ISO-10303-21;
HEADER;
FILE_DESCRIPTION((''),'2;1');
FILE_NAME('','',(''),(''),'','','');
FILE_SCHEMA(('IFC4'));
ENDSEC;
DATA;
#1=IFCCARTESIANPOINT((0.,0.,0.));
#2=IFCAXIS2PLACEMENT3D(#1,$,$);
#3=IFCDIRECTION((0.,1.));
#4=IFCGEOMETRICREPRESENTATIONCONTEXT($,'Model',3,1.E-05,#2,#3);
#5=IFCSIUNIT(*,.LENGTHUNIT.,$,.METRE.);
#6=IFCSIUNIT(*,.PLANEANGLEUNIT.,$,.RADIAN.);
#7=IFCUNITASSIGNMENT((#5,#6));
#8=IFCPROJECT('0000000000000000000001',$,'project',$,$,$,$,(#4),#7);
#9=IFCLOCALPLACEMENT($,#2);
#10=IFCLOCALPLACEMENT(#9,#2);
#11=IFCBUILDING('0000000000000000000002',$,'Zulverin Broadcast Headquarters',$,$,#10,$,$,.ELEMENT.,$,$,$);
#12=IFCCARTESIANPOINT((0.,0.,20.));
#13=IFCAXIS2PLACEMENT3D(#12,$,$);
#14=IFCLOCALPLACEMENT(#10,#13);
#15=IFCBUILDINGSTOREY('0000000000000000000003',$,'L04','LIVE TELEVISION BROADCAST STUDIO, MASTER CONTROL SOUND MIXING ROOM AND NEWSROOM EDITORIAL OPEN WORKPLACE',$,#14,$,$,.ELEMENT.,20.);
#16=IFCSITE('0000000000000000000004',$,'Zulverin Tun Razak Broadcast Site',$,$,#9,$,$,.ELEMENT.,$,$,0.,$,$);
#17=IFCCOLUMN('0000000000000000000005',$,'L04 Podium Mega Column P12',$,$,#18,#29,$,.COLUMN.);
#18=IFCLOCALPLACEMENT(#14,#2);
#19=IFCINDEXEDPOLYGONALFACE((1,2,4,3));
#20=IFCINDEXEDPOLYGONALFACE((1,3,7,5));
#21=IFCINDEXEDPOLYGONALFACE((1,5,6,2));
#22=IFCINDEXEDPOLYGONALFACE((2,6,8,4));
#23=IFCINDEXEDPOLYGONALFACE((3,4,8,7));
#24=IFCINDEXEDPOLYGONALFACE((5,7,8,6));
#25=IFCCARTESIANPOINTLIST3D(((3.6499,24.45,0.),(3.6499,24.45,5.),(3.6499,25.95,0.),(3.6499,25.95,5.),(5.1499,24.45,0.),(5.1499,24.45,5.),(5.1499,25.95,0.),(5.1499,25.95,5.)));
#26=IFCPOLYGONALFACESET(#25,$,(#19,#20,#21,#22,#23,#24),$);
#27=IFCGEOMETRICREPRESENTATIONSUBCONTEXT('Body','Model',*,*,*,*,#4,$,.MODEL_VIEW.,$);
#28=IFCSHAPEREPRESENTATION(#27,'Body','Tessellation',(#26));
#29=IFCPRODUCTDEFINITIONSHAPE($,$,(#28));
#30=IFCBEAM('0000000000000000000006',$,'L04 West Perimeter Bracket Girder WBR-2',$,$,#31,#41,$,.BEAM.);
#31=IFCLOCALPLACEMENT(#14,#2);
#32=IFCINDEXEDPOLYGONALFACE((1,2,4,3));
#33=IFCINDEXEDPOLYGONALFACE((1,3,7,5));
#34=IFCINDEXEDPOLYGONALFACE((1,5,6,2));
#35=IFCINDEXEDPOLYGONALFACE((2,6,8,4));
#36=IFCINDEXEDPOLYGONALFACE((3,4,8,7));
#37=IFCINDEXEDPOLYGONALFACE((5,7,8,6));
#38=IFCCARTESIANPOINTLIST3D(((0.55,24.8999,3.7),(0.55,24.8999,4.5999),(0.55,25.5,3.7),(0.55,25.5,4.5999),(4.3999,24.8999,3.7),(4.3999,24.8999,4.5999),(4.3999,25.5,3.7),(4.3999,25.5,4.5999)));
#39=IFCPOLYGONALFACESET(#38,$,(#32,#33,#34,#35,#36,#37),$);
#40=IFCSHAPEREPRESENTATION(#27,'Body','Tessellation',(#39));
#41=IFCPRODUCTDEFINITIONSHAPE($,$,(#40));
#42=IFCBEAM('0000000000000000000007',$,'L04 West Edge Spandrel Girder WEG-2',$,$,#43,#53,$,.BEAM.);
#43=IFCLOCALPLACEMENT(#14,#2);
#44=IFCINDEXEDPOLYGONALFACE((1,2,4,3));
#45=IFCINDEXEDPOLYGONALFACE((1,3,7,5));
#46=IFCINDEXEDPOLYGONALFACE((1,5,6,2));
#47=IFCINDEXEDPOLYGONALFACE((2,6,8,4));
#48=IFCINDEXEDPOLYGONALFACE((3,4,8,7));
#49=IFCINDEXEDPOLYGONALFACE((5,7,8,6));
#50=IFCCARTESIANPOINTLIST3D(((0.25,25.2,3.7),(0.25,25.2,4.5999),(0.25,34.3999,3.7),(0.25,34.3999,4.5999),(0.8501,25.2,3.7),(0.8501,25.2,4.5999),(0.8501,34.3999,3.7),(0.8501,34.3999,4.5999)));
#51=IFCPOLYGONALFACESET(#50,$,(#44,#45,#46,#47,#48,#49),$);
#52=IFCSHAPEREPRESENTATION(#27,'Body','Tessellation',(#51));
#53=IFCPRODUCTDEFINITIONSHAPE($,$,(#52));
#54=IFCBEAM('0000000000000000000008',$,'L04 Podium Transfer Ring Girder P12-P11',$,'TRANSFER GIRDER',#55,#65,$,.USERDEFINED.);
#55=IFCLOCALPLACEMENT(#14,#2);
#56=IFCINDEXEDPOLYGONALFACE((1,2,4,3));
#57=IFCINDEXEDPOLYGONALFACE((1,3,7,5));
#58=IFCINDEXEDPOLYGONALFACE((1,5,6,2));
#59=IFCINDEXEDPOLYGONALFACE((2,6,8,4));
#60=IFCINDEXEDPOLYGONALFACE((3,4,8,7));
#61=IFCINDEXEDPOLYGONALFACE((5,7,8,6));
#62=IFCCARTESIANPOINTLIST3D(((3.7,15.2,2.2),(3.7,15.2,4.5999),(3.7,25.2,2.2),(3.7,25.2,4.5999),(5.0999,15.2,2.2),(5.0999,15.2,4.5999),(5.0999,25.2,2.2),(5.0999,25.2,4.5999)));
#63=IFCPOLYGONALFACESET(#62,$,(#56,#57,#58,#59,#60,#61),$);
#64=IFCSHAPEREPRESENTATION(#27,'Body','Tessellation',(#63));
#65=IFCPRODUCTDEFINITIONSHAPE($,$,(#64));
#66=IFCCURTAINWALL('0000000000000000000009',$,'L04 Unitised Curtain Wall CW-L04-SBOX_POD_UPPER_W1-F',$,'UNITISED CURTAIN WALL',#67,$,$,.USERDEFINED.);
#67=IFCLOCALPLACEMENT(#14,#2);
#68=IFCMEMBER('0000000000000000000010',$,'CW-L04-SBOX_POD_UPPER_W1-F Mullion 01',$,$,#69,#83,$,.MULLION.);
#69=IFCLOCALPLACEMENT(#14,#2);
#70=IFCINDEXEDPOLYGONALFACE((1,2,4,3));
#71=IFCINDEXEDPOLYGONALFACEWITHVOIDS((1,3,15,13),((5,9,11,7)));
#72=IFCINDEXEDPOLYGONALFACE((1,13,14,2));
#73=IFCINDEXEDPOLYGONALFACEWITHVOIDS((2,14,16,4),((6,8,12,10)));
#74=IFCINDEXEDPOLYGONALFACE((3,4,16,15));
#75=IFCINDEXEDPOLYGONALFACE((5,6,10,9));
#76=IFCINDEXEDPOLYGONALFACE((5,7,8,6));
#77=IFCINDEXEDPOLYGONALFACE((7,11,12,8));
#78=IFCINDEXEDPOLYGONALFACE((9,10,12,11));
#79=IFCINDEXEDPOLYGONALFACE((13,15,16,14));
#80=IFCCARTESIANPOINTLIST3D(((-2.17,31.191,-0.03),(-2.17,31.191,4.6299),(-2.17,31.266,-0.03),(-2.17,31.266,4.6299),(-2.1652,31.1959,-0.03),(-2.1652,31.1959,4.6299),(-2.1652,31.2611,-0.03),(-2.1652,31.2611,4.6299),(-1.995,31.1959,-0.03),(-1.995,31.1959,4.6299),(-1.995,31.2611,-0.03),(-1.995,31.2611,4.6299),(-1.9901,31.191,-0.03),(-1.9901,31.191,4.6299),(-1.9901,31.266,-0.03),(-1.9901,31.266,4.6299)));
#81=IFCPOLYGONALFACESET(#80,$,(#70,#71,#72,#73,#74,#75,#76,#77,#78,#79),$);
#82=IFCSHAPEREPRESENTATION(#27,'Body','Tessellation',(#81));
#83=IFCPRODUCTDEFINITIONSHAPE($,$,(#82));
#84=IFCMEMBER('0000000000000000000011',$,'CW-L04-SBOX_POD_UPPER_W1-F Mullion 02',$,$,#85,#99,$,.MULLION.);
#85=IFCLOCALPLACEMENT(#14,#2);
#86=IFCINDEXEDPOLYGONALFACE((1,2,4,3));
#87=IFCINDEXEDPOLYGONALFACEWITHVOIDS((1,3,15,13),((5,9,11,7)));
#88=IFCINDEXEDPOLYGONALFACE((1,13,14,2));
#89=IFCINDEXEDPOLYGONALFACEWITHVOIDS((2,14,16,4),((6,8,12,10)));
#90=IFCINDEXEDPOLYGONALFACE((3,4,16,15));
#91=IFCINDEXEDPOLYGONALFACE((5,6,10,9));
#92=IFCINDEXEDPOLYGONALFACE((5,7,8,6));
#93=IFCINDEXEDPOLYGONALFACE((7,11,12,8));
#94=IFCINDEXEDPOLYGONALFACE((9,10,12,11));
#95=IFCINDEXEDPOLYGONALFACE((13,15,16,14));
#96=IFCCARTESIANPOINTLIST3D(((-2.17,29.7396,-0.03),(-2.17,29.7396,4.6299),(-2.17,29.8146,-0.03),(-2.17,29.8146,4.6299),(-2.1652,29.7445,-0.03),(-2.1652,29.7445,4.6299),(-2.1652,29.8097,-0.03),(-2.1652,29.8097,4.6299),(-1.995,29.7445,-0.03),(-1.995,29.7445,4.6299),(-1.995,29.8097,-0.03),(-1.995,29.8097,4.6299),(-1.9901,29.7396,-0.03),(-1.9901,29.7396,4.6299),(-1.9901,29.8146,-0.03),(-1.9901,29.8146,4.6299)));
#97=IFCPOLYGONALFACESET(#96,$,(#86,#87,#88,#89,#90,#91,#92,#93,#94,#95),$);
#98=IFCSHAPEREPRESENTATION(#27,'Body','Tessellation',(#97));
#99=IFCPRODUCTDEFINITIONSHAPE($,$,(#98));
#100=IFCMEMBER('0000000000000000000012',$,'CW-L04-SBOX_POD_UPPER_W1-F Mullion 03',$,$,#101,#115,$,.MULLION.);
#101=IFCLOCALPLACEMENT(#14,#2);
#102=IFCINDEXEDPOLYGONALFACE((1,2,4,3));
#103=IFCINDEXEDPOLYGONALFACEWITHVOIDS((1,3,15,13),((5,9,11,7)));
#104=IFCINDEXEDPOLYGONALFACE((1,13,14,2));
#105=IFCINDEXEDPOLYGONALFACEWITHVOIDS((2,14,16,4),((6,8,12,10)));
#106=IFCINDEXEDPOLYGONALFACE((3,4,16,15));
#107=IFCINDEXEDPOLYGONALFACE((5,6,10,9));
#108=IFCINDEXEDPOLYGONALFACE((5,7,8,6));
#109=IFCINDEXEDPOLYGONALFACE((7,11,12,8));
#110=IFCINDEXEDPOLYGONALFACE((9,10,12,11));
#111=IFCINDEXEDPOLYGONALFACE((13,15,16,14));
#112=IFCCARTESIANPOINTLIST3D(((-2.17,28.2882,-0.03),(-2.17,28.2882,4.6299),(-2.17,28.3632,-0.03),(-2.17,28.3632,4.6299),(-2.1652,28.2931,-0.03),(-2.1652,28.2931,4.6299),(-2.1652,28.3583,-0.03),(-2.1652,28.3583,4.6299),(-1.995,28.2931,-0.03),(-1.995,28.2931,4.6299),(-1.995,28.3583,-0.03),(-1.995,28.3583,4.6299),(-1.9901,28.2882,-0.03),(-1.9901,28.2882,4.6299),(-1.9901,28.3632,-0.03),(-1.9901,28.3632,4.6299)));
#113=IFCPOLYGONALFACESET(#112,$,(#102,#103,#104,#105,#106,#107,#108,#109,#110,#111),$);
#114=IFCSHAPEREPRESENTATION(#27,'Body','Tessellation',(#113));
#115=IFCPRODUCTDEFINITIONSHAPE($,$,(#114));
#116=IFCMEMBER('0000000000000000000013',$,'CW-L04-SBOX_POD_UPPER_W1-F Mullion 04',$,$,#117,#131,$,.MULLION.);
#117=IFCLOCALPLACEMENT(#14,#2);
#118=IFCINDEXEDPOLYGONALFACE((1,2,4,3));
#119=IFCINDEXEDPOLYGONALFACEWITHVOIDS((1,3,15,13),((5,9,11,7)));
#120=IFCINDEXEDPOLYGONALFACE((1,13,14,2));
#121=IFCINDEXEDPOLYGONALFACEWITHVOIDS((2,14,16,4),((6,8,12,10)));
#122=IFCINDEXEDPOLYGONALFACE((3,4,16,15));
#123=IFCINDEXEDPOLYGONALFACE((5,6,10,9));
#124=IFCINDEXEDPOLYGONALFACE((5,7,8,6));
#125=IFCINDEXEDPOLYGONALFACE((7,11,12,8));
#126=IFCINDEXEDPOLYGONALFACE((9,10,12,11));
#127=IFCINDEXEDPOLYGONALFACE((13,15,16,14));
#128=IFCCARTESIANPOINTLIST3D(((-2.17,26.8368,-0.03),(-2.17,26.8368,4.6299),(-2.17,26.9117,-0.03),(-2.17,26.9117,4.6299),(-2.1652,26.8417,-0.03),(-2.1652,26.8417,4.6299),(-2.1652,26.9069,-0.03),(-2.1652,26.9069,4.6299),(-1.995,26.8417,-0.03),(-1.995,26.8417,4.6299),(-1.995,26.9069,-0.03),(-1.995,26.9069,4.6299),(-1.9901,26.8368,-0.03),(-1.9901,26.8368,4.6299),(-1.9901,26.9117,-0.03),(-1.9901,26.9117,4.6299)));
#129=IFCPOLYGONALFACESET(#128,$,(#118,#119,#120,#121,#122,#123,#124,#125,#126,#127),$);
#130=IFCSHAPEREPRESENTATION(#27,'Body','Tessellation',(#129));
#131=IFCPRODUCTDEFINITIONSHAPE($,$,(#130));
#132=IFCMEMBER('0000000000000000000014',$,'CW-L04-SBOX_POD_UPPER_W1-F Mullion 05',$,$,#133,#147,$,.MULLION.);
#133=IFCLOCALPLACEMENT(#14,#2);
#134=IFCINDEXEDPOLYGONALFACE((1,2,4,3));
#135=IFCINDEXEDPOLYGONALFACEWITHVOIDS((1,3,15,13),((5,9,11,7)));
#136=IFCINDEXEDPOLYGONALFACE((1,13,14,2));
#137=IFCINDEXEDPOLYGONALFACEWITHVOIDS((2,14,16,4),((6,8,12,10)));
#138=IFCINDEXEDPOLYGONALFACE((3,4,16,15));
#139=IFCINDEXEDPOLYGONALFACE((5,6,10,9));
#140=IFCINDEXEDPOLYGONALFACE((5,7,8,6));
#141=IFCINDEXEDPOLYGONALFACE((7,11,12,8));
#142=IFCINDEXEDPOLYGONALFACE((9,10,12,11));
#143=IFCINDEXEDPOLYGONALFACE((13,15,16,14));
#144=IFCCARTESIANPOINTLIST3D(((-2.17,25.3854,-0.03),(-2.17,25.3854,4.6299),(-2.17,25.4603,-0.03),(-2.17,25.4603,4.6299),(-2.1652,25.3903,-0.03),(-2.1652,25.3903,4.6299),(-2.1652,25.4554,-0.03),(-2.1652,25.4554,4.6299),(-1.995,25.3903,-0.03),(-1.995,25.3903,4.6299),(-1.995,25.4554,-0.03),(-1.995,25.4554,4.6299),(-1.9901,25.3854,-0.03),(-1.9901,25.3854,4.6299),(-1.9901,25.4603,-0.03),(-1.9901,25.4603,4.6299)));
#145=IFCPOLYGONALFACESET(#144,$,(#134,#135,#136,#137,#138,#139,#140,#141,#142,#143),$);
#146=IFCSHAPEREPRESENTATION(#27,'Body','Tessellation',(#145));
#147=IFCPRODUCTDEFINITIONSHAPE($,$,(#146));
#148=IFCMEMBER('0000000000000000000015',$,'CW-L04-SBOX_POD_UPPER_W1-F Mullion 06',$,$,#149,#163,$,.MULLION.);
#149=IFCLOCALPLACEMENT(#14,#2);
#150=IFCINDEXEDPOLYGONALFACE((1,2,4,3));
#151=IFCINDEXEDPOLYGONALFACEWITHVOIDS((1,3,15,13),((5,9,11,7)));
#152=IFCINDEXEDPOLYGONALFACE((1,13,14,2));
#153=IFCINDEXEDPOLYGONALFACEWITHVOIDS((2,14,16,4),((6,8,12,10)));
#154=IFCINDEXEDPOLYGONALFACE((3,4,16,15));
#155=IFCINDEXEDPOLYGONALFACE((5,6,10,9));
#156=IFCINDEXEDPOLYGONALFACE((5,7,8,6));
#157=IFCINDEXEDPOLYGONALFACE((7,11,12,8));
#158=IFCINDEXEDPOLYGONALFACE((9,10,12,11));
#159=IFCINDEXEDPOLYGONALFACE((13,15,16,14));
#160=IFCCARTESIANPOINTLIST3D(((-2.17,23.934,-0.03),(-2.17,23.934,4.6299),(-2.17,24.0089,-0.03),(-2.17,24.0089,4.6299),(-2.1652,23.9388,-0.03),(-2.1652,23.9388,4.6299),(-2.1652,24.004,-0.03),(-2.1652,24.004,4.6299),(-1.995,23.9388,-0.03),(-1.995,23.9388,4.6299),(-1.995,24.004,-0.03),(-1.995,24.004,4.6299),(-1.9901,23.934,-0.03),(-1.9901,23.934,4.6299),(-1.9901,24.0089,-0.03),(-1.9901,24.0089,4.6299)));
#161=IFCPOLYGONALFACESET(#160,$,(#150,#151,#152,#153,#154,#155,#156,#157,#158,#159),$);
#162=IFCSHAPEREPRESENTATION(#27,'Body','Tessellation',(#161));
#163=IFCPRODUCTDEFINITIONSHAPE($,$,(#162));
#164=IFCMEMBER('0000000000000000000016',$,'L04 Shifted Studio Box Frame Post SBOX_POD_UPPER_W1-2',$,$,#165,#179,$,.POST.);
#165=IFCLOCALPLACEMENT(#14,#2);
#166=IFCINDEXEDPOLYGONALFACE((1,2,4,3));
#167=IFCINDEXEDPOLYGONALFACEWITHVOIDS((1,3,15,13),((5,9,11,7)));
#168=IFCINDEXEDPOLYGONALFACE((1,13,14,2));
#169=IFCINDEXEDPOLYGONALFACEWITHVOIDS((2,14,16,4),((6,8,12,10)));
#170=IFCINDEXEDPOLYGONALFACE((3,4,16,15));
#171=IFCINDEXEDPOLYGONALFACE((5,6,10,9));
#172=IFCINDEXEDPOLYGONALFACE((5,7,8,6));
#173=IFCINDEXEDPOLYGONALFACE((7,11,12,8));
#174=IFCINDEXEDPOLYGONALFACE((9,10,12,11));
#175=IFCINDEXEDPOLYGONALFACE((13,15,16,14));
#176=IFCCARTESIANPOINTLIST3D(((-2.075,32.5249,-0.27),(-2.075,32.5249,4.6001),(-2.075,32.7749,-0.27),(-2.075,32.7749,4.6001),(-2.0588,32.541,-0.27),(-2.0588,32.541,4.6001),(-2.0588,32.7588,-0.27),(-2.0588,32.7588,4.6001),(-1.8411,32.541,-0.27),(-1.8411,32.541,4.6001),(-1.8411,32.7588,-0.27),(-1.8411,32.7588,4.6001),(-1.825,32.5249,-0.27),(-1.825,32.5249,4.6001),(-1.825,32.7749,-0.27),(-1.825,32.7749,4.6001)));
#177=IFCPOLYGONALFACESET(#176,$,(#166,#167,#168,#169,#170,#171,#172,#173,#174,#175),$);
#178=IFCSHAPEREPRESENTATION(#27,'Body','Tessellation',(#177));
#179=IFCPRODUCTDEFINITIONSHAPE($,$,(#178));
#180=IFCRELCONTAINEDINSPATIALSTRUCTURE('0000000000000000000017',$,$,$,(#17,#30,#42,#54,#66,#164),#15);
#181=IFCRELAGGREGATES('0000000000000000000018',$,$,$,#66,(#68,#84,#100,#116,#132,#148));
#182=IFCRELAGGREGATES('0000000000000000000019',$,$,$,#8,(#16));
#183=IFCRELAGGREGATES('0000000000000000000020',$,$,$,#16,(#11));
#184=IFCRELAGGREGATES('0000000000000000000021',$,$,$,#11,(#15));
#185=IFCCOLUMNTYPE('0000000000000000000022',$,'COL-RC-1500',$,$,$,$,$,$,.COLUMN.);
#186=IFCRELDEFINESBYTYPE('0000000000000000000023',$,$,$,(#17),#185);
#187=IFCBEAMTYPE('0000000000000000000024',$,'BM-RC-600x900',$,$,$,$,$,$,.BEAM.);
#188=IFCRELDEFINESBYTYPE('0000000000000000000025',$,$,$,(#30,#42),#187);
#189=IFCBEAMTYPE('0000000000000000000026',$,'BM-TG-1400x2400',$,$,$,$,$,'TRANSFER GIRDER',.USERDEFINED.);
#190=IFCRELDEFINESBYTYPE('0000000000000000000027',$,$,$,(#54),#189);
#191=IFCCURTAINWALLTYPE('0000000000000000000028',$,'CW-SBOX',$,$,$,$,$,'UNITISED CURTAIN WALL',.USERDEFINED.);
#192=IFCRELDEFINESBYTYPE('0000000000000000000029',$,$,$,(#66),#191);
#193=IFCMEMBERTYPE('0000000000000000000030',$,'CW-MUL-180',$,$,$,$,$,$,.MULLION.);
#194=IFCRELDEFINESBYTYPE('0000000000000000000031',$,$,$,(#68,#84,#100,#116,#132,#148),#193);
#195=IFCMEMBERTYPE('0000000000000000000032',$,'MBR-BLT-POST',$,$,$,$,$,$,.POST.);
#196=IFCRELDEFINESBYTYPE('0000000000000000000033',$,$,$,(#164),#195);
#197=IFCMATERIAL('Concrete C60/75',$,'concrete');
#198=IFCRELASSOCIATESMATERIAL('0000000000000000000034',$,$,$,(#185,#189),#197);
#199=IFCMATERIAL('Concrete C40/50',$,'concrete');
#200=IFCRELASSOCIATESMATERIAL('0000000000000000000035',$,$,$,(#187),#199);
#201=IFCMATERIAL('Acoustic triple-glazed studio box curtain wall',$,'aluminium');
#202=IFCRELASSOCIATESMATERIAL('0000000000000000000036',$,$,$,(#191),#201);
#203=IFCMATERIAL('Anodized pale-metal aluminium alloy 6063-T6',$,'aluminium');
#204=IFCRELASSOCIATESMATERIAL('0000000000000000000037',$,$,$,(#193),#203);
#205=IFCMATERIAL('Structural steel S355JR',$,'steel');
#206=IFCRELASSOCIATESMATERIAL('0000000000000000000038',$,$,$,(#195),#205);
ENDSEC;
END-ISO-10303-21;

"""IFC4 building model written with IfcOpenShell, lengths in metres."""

from ifc_helpers import new_model, si_unit, direction, frame, origin, origin_2d, place, context, subcontext, project, spatial, rectangle, hollow_rectangle, extrude, material, material_profile, profile_set, type_object, element, aggregate, save


model = new_model("IFC4")

# Units and contexts
model_context = context("Model", 3, precision=1e-05, world=origin(), true_north=direction((0.0, 1.0)))
body_context = subcontext(model_context, "Body", "Model", "MODEL_VIEW")
ifc_project = project(units=[si_unit("LENGTHUNIT", "METRE"), si_unit("PLANEANGLEUNIT", "RADIAN")], contexts=[model_context])

# Site, building, storey
site_placement = place(None, origin())
site = spatial("IfcSite", under=ifc_project, at=site_placement, Name="Zulverin Tun Razak Broadcast Site", CompositionType="ELEMENT", RefElevation=0.0)
building_placement = place(site_placement, origin())
building = spatial("IfcBuilding", under=site, at=building_placement, Name="Zulverin Broadcast Headquarters", CompositionType="ELEMENT")
storey_placement = place(building_placement, frame((0.0, 0.0, 20.0)))
storey = spatial("IfcBuildingStorey", under=building, at=storey_placement, Name="L04", Description="LIVE TELEVISION BROADCAST STUDIO, MASTER CONTROL SOUND MIXING ROOM AND NEWSROOM EDITORIAL OPEN WORKPLACE", CompositionType="ELEMENT", Elevation=20.0)

# Column
ifc_material_1 = material(Name="Concrete C60/75", Category="concrete")
ifc_material_profile_1 = material_profile(ifc_material_1, rectangle(XDim=1.5, YDim=1.5, at=origin_2d()), Name="Concrete C60/75", Category="concrete")
ifc_profile_set_1 = profile_set([ifc_material_profile_1], Name="Concrete C60/75")
column_type = type_object("IfcColumnType", Name="COL-RC-1500", PredefinedType="COLUMN", material=ifc_profile_set_1)
column_placement = place(storey_placement, frame((4.3999, 25.2, 0.0), z_axis=(0.0, 0.0, 1.0), x_axis=(1.0, 0.0, 0.0)))
element("IfcColumn", 1, at=column_placement, inside=storey, type_object=column_type, Name="L04 Podium Mega Column P12", PredefinedType="COLUMN", context=body_context, shape_type="SweptSolid", body=[
    extrude(rectangle(XDim=1.5, YDim=1.5, at=origin_2d()), origin(), (0.0, 0.0, 1.0), 5.0),
])

# Beams
ifc_material_2 = material(Name="Concrete C40/50", Category="concrete")
ifc_material_profile_2 = material_profile(ifc_material_2, rectangle(XDim=0.6001, YDim=0.8999, at=origin_2d()), Name="Concrete C40/50", Category="concrete")
ifc_profile_set_2 = profile_set([ifc_material_profile_2], Name="Concrete C40/50")
beam_type_1 = type_object("IfcBeamType", Name="BM-RC-600x900", PredefinedType="BEAM", material=ifc_profile_set_2)
beam_1_placement = place(storey_placement, frame((4.3999, 25.2, 4.1499), z_axis=(-1.0, 0.0, 0.0), x_axis=(0.0, -1.0, 0.0)))
element("IfcBeam", 2, at=beam_1_placement, inside=storey, type_object=beam_type_1, Name="L04 West Perimeter Bracket Girder WBR-2", PredefinedType="BEAM", context=body_context, shape_type="SweptSolid", body=[
    extrude(rectangle(XDim=0.6001, YDim=0.8999, at=origin_2d()), origin(), (0.0, 0.0, 1.0), 3.8499),
])
beam_2_placement = place(storey_placement, frame((0.55, 25.2, 4.1499), z_axis=(0.0, 1.0, 0.0), x_axis=(-1.0, 0.0, 0.0)))
element("IfcBeam", 3, at=beam_2_placement, inside=storey, type_object=beam_type_1, Name="L04 West Edge Spandrel Girder WEG-2", PredefinedType="BEAM", context=body_context, shape_type="SweptSolid", body=[
    extrude(rectangle(XDim=0.6001, YDim=0.8999, at=origin_2d()), origin(), (0.0, 0.0, 1.0), 9.2),
])
ifc_material_profile_3 = material_profile(ifc_material_1, rectangle(XDim=1.3999, YDim=2.3999, at=origin_2d()), Name="Concrete C60/75", Category="concrete")
ifc_profile_set_3 = profile_set([ifc_material_profile_3], Name="Concrete C60/75")
beam_type_2 = type_object("IfcBeamType", Name="BM-TG-1400x2400", ElementType="TRANSFER GIRDER", PredefinedType="USERDEFINED", material=ifc_profile_set_3)
beam_3_placement = place(storey_placement, frame((4.3999, 25.2, 3.3999), z_axis=(0.0, -1.0, 0.0), x_axis=(1.0, 0.0, 0.0)))
element("IfcBeam", 4, at=beam_3_placement, inside=storey, type_object=beam_type_2, Name="L04 Podium Transfer Ring Girder P12-P11", ObjectType="TRANSFER GIRDER", PredefinedType="USERDEFINED", context=body_context, shape_type="SweptSolid", body=[
    extrude(rectangle(XDim=1.3999, YDim=2.3999, at=origin_2d()), origin(), (0.0, 0.0, 1.0), 10.0),
])

# Curtain wall, members
ifc_material_3 = material(Name="Acoustic triple-glazed studio box curtain wall", Category="aluminium")
curtain_wall_type = type_object("IfcCurtainWallType", Name="CW-SBOX", ElementType="UNITISED CURTAIN WALL", PredefinedType="USERDEFINED", material=ifc_material_3)
curtain_wall_placement = place(storey_placement, origin())
curtain_wall = element("IfcCurtainWall", 5, at=curtain_wall_placement, inside=storey, type_object=curtain_wall_type, Name="L04 Unitised Curtain Wall CW-L04-SBOX_POD_UPPER_W1-F", ObjectType="UNITISED CURTAIN WALL", PredefinedType="USERDEFINED")
ifc_material_4 = material(Name="Anodized pale-metal aluminium alloy 6063-T6", Category="aluminium")
ifc_material_profile_4 = material_profile(ifc_material_4, hollow_rectangle(XDim=0.075, YDim=0.1799, WallThickness=0.0049, at=origin_2d()), Name="Anodized pale-metal aluminium alloy 6063-T6", Category="aluminium")
ifc_profile_set_4 = profile_set([ifc_material_profile_4], Name="Anodized pale-metal aluminium alloy 6063-T6")
member_type_1 = type_object("IfcMemberType", Name="CW-MUL-180", PredefinedType="MULLION", material=ifc_profile_set_4)
member_1_placement = place(storey_placement, frame((-2.0801, 31.2285, -0.03), z_axis=(0.0, 0.0, 1.0), x_axis=(0.0, -1.0, 0.0)))
member_1 = element("IfcMember", 6, at=member_1_placement, type_object=member_type_1, Name="CW-L04-SBOX_POD_UPPER_W1-F Mullion 01", PredefinedType="MULLION", context=body_context, shape_type="SweptSolid", body=[
    extrude(hollow_rectangle(XDim=0.075, YDim=0.1799, WallThickness=0.0049, at=origin_2d()), origin(), (0.0, 0.0, 1.0), 4.6599),
])
member_2_placement = place(storey_placement, frame((-2.0801, 29.7771, -0.03), z_axis=(0.0, 0.0, 1.0), x_axis=(0.0, -1.0, 0.0)))
member_2 = element("IfcMember", 7, at=member_2_placement, type_object=member_type_1, Name="CW-L04-SBOX_POD_UPPER_W1-F Mullion 02", PredefinedType="MULLION", context=body_context, shape_type="SweptSolid", body=[
    extrude(hollow_rectangle(XDim=0.075, YDim=0.1799, WallThickness=0.0049, at=origin_2d()), origin(), (0.0, 0.0, 1.0), 4.6599),
])
member_3_placement = place(storey_placement, frame((-2.0801, 28.3257, -0.03), z_axis=(0.0, 0.0, 1.0), x_axis=(0.0, -1.0, 0.0)))
member_3 = element("IfcMember", 8, at=member_3_placement, type_object=member_type_1, Name="CW-L04-SBOX_POD_UPPER_W1-F Mullion 03", PredefinedType="MULLION", context=body_context, shape_type="SweptSolid", body=[
    extrude(hollow_rectangle(XDim=0.075, YDim=0.1799, WallThickness=0.0049, at=origin_2d()), origin(), (0.0, 0.0, 1.0), 4.6599),
])
member_4_placement = place(storey_placement, frame((-2.0801, 26.8743, -0.03), z_axis=(0.0, 0.0, 1.0), x_axis=(0.0, -1.0, 0.0)))
member_4 = element("IfcMember", 9, at=member_4_placement, type_object=member_type_1, Name="CW-L04-SBOX_POD_UPPER_W1-F Mullion 04", PredefinedType="MULLION", context=body_context, shape_type="SweptSolid", body=[
    extrude(hollow_rectangle(XDim=0.075, YDim=0.1799, WallThickness=0.0049, at=origin_2d()), origin(), (0.0, 0.0, 1.0), 4.6599),
])
member_5_placement = place(storey_placement, frame((-2.0801, 25.4229, -0.03), z_axis=(0.0, 0.0, 1.0), x_axis=(0.0, -1.0, 0.0)))
member_5 = element("IfcMember", 10, at=member_5_placement, type_object=member_type_1, Name="CW-L04-SBOX_POD_UPPER_W1-F Mullion 05", PredefinedType="MULLION", context=body_context, shape_type="SweptSolid", body=[
    extrude(hollow_rectangle(XDim=0.075, YDim=0.1799, WallThickness=0.0049, at=origin_2d()), origin(), (0.0, 0.0, 1.0), 4.6599),
])
member_6_placement = place(storey_placement, frame((-2.0801, 23.9714, -0.03), z_axis=(0.0, 0.0, 1.0), x_axis=(0.0, -1.0, 0.0)))
member_6 = element("IfcMember", 11, at=member_6_placement, type_object=member_type_1, Name="CW-L04-SBOX_POD_UPPER_W1-F Mullion 06", PredefinedType="MULLION", context=body_context, shape_type="SweptSolid", body=[
    extrude(hollow_rectangle(XDim=0.075, YDim=0.1799, WallThickness=0.0049, at=origin_2d()), origin(), (0.0, 0.0, 1.0), 4.6599),
])

# Member
ifc_material_5 = material(Name="Structural steel S355JR", Category="steel")
ifc_material_profile_5 = material_profile(ifc_material_5, hollow_rectangle(XDim=0.25, YDim=0.25, WallThickness=0.0161, at=origin_2d()), Name="Structural steel S355JR", Category="steel")
ifc_profile_set_5 = profile_set([ifc_material_profile_5], Name="Structural steel S355JR")
member_type_2 = type_object("IfcMemberType", Name="MBR-BLT-POST", PredefinedType="POST", material=ifc_profile_set_5)
member_7_placement = place(storey_placement, frame((-1.95, 32.6499, -0.27), z_axis=(0.0, 0.0, 1.0), x_axis=(1.0, 0.0, 0.0)))
element("IfcMember", 12, at=member_7_placement, inside=storey, type_object=member_type_2, Name="L04 Shifted Studio Box Frame Post SBOX_POD_UPPER_W1-2", PredefinedType="POST", context=body_context, shape_type="SweptSolid", body=[
    extrude(hollow_rectangle(XDim=0.25, YDim=0.25, WallThickness=0.0161, at=origin_2d()), origin(), (0.0, 0.0, 1.0), 4.8701),
])

aggregate(curtain_wall, [member_1, member_2, member_3, member_4, member_5, member_6])

save(model, "model.ifc")
